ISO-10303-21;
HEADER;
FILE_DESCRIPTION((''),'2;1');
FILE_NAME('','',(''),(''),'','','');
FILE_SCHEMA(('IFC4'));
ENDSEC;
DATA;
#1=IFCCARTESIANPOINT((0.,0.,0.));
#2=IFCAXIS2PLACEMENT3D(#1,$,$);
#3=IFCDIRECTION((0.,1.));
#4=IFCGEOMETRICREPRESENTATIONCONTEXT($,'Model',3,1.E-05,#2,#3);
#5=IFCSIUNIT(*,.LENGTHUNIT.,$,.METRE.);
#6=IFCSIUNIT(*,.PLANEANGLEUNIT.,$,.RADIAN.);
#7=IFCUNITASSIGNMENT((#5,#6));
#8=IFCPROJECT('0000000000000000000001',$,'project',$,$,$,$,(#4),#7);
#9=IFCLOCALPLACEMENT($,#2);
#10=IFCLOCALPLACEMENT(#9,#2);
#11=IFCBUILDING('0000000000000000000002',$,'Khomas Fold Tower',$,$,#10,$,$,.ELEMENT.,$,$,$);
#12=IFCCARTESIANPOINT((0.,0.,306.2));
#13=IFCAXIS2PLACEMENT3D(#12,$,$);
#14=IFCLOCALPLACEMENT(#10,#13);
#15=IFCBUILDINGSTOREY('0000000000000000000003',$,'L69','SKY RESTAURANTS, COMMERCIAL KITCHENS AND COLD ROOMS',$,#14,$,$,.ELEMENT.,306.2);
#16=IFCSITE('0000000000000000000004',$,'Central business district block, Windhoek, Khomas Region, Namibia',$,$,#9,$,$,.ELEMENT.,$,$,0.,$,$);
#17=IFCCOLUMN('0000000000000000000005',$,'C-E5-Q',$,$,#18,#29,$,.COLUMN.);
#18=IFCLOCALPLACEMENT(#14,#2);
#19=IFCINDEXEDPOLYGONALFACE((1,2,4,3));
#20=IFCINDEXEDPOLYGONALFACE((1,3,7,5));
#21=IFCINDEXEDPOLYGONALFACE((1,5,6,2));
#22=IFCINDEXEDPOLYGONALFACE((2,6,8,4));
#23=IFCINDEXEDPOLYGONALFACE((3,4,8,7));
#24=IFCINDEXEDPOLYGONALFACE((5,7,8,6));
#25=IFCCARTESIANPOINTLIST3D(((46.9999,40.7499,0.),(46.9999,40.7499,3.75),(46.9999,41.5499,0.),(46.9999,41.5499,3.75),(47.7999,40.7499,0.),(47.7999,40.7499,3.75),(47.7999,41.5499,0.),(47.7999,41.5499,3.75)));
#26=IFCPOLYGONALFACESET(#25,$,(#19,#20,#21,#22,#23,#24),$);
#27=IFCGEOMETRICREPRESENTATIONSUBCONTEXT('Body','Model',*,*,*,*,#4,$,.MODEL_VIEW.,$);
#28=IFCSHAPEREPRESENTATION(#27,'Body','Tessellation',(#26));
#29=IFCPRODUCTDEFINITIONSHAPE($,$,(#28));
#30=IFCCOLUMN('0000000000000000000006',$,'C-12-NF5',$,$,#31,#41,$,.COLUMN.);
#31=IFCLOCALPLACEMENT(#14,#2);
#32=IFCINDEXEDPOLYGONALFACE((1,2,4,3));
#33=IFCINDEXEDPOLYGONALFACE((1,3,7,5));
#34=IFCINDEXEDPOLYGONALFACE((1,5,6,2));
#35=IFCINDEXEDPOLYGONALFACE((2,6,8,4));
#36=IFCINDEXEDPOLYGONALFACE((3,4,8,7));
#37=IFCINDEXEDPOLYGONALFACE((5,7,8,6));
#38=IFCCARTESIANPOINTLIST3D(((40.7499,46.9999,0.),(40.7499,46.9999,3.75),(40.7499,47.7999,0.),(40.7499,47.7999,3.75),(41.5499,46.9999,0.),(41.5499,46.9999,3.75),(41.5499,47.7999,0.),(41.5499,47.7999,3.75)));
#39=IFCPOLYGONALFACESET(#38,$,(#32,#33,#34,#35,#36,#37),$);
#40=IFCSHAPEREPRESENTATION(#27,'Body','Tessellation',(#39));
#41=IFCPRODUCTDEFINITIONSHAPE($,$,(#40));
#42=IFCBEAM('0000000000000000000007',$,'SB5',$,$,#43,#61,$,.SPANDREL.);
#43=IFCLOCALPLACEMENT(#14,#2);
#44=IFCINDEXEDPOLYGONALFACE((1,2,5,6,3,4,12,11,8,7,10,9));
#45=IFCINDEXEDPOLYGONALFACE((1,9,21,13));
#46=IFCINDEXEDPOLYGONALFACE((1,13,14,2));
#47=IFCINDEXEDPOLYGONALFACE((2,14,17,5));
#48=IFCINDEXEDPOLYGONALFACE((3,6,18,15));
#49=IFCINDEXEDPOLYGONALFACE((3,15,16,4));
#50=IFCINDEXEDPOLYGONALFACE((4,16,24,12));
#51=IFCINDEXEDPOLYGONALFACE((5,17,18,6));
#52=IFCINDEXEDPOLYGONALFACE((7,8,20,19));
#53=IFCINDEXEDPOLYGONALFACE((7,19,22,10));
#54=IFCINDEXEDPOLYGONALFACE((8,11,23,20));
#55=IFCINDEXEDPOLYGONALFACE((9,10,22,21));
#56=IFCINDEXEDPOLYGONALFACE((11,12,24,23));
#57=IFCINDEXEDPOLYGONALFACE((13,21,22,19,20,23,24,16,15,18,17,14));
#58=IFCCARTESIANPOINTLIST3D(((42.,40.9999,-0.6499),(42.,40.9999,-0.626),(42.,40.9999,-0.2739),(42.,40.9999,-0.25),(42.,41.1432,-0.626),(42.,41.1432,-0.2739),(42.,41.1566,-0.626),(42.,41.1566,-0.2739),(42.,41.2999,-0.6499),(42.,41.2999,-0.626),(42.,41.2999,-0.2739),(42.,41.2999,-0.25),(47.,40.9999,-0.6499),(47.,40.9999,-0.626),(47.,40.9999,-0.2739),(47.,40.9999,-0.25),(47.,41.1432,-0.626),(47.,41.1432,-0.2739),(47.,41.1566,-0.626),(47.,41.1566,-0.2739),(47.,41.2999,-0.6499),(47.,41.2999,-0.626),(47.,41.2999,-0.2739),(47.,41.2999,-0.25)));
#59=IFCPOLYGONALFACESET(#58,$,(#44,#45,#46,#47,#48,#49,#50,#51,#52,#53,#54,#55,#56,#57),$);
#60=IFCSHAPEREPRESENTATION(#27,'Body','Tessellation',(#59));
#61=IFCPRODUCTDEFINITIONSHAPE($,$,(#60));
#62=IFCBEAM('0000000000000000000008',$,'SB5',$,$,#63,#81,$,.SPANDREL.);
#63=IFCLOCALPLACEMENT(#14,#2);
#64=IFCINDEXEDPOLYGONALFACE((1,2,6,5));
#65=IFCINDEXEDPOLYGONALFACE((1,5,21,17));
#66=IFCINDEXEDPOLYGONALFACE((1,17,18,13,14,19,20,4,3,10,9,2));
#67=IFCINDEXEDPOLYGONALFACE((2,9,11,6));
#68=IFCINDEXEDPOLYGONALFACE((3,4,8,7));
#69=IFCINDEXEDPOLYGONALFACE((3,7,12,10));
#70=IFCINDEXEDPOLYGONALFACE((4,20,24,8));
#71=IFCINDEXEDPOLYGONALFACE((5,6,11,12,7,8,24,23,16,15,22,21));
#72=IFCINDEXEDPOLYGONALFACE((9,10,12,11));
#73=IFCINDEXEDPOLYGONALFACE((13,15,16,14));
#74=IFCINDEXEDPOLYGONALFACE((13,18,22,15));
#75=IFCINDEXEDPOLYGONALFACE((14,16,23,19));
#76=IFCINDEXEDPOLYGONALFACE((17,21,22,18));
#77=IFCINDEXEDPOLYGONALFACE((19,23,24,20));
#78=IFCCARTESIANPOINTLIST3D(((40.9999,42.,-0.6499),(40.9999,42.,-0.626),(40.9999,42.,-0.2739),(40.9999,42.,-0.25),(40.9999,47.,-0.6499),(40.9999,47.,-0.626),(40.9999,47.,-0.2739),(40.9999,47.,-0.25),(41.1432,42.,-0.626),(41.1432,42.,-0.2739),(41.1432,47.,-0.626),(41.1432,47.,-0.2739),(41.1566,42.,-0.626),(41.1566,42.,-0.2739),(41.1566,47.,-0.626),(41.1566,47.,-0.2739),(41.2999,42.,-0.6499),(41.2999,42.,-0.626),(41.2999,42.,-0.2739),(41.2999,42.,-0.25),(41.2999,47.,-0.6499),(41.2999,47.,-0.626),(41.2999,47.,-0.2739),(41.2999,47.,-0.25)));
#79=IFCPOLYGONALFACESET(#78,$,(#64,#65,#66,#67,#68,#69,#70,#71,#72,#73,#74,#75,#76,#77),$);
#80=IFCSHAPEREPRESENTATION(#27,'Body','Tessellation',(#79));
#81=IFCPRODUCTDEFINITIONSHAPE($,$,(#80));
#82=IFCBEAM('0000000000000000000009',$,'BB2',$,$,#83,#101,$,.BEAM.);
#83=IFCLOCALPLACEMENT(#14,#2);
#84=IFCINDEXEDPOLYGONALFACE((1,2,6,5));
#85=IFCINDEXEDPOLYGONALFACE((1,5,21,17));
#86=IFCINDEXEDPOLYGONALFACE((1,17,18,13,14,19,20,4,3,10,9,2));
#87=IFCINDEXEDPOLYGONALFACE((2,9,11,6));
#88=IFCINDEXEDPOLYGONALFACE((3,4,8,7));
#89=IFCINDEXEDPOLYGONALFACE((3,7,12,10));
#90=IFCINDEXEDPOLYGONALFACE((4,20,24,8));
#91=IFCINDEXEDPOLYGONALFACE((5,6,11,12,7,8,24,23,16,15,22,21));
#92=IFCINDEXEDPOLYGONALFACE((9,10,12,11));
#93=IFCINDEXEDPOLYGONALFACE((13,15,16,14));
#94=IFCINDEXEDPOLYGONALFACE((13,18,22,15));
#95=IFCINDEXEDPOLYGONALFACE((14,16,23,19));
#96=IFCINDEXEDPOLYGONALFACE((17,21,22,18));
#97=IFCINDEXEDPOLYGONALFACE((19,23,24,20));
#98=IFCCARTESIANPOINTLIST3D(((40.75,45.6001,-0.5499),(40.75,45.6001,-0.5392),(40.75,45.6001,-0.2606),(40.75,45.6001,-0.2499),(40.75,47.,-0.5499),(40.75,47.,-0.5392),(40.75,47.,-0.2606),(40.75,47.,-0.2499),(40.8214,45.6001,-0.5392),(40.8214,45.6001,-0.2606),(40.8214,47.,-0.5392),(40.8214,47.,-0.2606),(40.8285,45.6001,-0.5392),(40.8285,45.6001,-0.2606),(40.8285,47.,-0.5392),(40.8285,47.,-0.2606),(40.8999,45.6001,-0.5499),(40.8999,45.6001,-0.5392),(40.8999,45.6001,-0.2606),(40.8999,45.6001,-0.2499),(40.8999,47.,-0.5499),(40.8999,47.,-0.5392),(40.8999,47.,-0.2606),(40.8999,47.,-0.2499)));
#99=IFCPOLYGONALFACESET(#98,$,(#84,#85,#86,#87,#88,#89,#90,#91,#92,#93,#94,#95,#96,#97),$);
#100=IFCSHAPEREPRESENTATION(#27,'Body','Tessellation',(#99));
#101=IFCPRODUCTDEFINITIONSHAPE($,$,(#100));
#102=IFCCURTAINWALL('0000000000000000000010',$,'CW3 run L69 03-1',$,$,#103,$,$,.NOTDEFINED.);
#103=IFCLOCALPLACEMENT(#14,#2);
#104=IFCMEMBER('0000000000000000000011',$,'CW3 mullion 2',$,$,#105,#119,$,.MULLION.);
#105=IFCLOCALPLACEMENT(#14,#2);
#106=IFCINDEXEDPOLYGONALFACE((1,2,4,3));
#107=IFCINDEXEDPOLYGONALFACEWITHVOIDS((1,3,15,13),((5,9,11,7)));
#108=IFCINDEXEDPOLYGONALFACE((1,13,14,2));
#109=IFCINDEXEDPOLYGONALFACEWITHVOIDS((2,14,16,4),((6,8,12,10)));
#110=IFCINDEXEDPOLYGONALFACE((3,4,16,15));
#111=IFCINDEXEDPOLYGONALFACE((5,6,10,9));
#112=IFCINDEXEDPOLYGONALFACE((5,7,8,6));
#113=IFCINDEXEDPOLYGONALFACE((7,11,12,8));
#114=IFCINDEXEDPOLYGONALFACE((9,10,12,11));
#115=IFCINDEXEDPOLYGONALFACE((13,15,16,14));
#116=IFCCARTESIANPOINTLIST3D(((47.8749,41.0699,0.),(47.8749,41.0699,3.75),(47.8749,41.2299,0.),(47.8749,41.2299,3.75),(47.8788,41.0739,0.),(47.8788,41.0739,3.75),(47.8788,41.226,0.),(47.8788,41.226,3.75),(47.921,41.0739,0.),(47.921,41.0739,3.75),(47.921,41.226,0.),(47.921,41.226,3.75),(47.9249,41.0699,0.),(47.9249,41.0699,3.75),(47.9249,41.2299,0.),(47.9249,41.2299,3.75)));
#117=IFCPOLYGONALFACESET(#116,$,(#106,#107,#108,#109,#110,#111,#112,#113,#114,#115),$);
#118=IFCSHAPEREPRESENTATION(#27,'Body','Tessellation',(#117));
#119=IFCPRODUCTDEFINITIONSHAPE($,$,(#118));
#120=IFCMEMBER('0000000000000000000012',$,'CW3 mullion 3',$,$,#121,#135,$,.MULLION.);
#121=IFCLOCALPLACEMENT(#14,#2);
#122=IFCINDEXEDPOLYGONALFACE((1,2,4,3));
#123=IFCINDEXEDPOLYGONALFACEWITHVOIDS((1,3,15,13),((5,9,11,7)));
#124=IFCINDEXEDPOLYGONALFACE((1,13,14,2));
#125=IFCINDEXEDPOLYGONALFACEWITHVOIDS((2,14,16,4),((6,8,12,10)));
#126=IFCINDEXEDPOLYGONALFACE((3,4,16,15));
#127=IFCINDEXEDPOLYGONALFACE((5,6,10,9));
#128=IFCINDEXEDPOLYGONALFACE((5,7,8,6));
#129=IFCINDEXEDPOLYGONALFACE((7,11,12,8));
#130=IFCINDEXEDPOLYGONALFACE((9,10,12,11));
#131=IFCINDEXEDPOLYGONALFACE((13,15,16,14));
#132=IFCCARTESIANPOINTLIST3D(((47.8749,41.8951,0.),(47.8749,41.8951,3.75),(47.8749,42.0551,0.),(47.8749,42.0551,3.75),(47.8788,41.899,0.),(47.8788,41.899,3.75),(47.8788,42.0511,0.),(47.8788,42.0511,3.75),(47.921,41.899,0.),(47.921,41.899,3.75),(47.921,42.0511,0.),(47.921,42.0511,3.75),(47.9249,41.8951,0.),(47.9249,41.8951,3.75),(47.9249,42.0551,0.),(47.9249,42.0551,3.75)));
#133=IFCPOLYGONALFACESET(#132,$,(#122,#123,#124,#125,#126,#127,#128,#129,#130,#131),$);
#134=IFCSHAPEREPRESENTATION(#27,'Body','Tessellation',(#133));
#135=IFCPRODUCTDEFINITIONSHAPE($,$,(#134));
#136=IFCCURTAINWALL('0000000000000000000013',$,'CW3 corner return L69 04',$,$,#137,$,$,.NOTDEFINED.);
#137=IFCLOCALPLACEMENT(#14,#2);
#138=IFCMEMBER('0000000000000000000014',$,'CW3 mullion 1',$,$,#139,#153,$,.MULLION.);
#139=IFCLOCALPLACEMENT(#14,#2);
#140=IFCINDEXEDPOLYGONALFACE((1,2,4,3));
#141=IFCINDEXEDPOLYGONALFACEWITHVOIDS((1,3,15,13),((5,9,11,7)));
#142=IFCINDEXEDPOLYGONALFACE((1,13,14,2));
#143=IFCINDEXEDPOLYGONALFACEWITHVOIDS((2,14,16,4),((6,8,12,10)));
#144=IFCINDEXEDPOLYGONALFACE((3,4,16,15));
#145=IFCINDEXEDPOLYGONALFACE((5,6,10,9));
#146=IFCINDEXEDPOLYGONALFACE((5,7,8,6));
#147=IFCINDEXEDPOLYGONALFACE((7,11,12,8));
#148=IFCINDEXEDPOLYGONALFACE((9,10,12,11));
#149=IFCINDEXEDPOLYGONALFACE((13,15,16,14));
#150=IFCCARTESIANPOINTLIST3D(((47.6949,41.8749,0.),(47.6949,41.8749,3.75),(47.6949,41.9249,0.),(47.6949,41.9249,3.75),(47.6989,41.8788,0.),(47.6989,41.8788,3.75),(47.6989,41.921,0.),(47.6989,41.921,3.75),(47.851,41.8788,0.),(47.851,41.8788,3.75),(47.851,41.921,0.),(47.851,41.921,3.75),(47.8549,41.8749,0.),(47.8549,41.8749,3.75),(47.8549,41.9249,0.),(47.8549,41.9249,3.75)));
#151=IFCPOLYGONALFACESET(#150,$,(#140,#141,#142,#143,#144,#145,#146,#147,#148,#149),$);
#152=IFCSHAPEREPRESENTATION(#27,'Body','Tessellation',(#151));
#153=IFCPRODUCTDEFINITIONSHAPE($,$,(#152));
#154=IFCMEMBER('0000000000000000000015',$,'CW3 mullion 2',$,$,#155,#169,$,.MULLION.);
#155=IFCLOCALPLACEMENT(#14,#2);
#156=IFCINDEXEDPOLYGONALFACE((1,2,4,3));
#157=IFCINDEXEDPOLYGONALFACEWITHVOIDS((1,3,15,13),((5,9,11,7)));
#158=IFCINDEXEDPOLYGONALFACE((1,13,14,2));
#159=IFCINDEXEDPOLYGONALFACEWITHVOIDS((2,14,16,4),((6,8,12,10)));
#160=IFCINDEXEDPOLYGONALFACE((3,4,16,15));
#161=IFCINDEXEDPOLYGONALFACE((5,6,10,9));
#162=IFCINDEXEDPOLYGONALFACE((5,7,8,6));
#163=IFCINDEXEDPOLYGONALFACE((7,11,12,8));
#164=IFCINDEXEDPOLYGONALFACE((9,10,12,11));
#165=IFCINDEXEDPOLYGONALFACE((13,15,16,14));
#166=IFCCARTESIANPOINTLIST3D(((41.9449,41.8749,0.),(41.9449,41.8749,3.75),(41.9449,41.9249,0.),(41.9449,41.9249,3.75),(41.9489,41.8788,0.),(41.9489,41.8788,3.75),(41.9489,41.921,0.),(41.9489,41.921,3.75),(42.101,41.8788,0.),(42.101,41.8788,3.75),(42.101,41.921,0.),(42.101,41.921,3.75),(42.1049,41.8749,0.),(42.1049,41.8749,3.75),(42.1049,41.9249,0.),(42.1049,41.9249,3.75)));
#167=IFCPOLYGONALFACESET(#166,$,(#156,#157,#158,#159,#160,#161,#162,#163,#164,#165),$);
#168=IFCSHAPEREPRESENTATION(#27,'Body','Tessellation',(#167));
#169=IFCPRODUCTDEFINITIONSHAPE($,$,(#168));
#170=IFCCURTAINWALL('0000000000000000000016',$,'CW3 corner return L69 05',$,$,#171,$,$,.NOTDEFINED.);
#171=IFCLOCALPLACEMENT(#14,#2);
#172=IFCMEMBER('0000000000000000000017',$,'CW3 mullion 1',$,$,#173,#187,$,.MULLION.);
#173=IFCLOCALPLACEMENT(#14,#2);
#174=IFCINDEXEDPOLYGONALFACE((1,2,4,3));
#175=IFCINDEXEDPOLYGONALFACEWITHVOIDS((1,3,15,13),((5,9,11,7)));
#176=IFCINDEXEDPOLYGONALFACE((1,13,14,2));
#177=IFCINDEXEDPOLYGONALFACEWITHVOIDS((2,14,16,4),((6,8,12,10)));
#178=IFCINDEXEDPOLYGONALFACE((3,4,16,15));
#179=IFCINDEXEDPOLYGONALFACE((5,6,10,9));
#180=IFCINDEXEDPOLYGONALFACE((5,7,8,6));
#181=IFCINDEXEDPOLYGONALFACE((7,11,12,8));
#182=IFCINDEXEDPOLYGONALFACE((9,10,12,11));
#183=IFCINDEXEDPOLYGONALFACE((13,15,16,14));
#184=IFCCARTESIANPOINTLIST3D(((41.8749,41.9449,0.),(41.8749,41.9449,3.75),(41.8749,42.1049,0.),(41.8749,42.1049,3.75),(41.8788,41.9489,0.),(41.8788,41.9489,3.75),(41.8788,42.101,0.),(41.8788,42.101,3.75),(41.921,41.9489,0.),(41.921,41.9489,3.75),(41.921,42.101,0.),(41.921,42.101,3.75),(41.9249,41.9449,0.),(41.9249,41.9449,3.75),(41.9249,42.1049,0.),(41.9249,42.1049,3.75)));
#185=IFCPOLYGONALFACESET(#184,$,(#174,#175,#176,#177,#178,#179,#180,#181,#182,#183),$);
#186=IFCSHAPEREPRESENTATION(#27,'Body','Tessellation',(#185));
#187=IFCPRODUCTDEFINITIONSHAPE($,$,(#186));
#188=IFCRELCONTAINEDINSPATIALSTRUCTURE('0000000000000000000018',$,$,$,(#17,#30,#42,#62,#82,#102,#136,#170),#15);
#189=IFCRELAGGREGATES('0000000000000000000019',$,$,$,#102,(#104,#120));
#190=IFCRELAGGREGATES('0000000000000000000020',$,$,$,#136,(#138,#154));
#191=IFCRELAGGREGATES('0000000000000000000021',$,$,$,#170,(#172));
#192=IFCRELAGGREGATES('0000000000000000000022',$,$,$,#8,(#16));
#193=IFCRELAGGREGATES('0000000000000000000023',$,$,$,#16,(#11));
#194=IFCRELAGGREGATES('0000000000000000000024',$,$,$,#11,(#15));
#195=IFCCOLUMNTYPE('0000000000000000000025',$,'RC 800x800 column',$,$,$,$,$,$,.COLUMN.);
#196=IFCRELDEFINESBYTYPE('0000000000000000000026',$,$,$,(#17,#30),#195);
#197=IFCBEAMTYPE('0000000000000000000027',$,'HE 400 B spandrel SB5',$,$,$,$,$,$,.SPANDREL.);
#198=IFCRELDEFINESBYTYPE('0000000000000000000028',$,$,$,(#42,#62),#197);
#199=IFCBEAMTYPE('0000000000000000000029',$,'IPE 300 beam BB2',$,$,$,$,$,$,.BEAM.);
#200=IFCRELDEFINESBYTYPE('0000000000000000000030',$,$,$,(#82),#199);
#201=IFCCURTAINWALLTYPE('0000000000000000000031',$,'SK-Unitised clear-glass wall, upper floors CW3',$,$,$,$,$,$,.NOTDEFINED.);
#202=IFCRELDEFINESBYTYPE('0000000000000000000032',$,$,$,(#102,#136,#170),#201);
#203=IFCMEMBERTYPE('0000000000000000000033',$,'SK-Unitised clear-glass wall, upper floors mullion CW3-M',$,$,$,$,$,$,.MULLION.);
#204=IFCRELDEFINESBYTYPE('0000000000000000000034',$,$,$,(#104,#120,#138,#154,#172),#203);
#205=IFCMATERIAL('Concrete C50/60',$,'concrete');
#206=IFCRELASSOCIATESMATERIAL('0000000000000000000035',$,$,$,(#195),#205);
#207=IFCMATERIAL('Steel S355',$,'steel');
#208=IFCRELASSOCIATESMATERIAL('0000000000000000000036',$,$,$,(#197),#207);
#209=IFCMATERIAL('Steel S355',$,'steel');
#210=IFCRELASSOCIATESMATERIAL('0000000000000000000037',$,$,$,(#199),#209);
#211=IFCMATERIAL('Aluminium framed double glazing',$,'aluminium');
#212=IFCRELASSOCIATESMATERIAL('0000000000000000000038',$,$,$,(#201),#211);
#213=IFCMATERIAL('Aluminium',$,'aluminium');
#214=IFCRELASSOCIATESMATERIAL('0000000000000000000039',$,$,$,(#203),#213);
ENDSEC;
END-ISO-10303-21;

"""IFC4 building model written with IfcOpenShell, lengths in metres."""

from ifc_helpers import new_model, si_unit, direction, frame, origin, origin_2d, place, context, subcontext, project, spatial, rectangle, hollow_rectangle, i_section, extrude, source, transform, mapped, material, material_profile, profile_set, type_object, element, aggregate, save


model = new_model("IFC4")

# Units and contexts
model_context = context("Model", 3, precision=1e-05, world=origin(), true_north=direction((0.0, 1.0)))
body_context = subcontext(model_context, "Body", "Model", "MODEL_VIEW")
ifc_project = project(units=[si_unit("LENGTHUNIT", "METRE"), si_unit("PLANEANGLEUNIT", "RADIAN")], contexts=[model_context])

# Site, building, storey
site_placement = place(None, origin())
site = spatial("IfcSite", under=ifc_project, at=site_placement, Name="Central business district block, Windhoek, Khomas Region, Namibia", CompositionType="ELEMENT", RefElevation=0.0)
building_placement = place(site_placement, origin())
building = spatial("IfcBuilding", under=site, at=building_placement, Name="Khomas Fold Tower", CompositionType="ELEMENT")
storey_placement = place(building_placement, frame((0.0, 0.0, 306.2)))
storey = spatial("IfcBuildingStorey", under=building, at=storey_placement, Name="L69", Description="SKY RESTAURANTS, COMMERCIAL KITCHENS AND COLD ROOMS", CompositionType="ELEMENT", Elevation=306.2)

# Columns
ifc_material_1 = material(Name="Concrete C50/60", Category="concrete")
ifc_material_profile_1 = material_profile(ifc_material_1, rectangle(XDim=0.8, YDim=0.8, at=origin_2d()), Name="RC 800x800")
ifc_profile_set_1 = profile_set([ifc_material_profile_1], Name="Concrete C50/60")
column_type = type_object("IfcColumnType", Name="RC 800x800 column", PredefinedType="COLUMN", material=ifc_profile_set_1)
shared_shape_1 = source(origin(), body_context, "Body", "SweptSolid", [
    extrude(rectangle(XDim=0.8, YDim=0.8, at=origin_2d()), origin(), (0.0, 0.0, 1.0), 3.75),
])
for number, where, z_axis, x_axis, name in (
    (1, (47.3999, 41.1499, 0.0), (0.0, 0.0, 1.0), (1.0, 0.0, 0.0), "C-E5-Q"),
    (2, (41.1499, 47.3999, 0.0), (0.0, 0.0, 1.0), (1.0, 0.0, 0.0), "C-12-NF5"),
):
    element("IfcColumn", number, at=place(storey_placement, frame(where, z_axis=z_axis, x_axis=x_axis)), inside=storey, type_object=column_type, Name=name, PredefinedType="COLUMN", context=body_context, shape_type="MappedRepresentation", body=[
        mapped(shared_shape_1, transform((0.0, 0.0, 0.0))),
    ])

# Beams
ifc_material_2 = material(Name="Steel S355", Category="steel")
ifc_material_profile_2 = material_profile(ifc_material_2, i_section(OverallWidth=0.3, OverallDepth=0.3999, WebThickness=0.0134, FlangeThickness=0.0239, at=origin_2d()), Name="HE 400 B")
ifc_profile_set_2 = profile_set([ifc_material_profile_2], Name="Steel S355")
beam_type_1 = type_object("IfcBeamType", Name="HE 400 B spandrel SB5", PredefinedType="SPANDREL", material=ifc_profile_set_2)
shared_shape_2 = source(origin(), body_context, "Body", "SweptSolid", [
    extrude(i_section(OverallWidth=0.3, OverallDepth=0.3999, WebThickness=0.0134, FlangeThickness=0.0239, at=origin_2d()), origin(), (0.0, 0.0, 1.0), 5.0),
])
for number, where, z_axis, x_axis, name in (
    (3, (42.0, 41.1499, -0.45), (1.0, 0.0, 0.0), (0.0, 1.0, 0.0), "SB5"),
    (4, (41.1499, 42.0, -0.45), (0.0, 1.0, 0.0), (-1.0, 0.0, 0.0), "SB5"),
):
    element("IfcBeam", number, at=place(storey_placement, frame(where, z_axis=z_axis, x_axis=x_axis)), inside=storey, type_object=beam_type_1, Name=name, PredefinedType="SPANDREL", context=body_context, shape_type="MappedRepresentation", body=[
        mapped(shared_shape_2, transform((0.0, 0.0, 0.0))),
    ])
ifc_material_3 = material(Name="Steel S355", Category="steel")
ifc_material_profile_3 = material_profile(ifc_material_3, i_section(OverallWidth=0.1499, OverallDepth=0.3, WebThickness=0.0071, FlangeThickness=0.0107, at=origin_2d()), Name="IPE 300")
ifc_profile_set_3 = profile_set([ifc_material_profile_3], Name="Steel S355")
beam_type_2 = type_object("IfcBeamType", Name="IPE 300 beam BB2", PredefinedType="BEAM", material=ifc_profile_set_3)
shared_shape_3 = source(origin(), body_context, "Body", "SweptSolid", [
    extrude(i_section(OverallWidth=0.1499, OverallDepth=0.3, WebThickness=0.0071, FlangeThickness=0.0107, at=origin_2d()), origin(), (0.0, 0.0, 1.0), 1.3999),
])
beam_placement = place(storey_placement, frame((40.825, 45.6001, -0.3999), z_axis=(0.0, 1.0, 0.0), x_axis=(-1.0, 0.0, 0.0)))
element("IfcBeam", 5, at=beam_placement, inside=storey, type_object=beam_type_2, Name="BB2", PredefinedType="BEAM", context=body_context, shape_type="MappedRepresentation", body=[
    mapped(shared_shape_3, transform((0.0, 0.0, 0.0))),
])

# Curtain walls, members
ifc_material_4 = material(Name="Aluminium framed double glazing", Category="aluminium")
curtain_wall_type = type_object("IfcCurtainWallType", Name="SK-Unitised clear-glass wall, upper floors CW3", PredefinedType="NOTDEFINED", material=ifc_material_4)
curtain_wall_1_placement = place(storey_placement, origin())
curtain_wall_1 = element("IfcCurtainWall", 6, at=curtain_wall_1_placement, inside=storey, type_object=curtain_wall_type, Name="CW3 run L69 03-1", PredefinedType="NOTDEFINED")
ifc_material_5 = material(Name="Aluminium", Category="aluminium")
ifc_material_profile_4 = material_profile(ifc_material_5, hollow_rectangle(XDim=0.05, YDim=0.1599, WallThickness=0.0039, at=origin_2d()), Name="SK-Unitised clear-glass wall, upper floors mullion CW3-M")
ifc_profile_set_4 = profile_set([ifc_material_profile_4], Name="Aluminium")
member_type_1 = type_object("IfcMemberType", Name="SK-Unitised clear-glass wall, upper floors mullion CW3-M", PredefinedType="MULLION", material=ifc_profile_set_4)
shared_shape_4 = source(origin(), body_context, "Body", "SweptSolid", [
    extrude(hollow_rectangle(XDim=0.05, YDim=0.1599, WallThickness=0.0039, at=origin_2d()), origin(), (0.0, 0.0, 1.0), 3.75),
])
member_1_placement = place(storey_placement, frame((47.8999, 41.1499, 0.0), z_axis=(0.0, 0.0, 1.0), x_axis=(-1.0, 0.0, 0.0)))
member_1 = element("IfcMember", 7, at=member_1_placement, type_object=member_type_1, Name="CW3 mullion 2", PredefinedType="MULLION", context=body_context, shape_type="MappedRepresentation", body=[
    mapped(shared_shape_4, transform((0.0, 0.0, 0.0))),
])
member_2_placement = place(storey_placement, frame((47.8999, 41.9751, 0.0), z_axis=(0.0, 0.0, 1.0), x_axis=(-1.0, 0.0, 0.0)))
member_2 = element("IfcMember", 8, at=member_2_placement, type_object=member_type_1, Name="CW3 mullion 3", PredefinedType="MULLION", context=body_context, shape_type="MappedRepresentation", body=[
    mapped(shared_shape_4, transform((0.0, 0.0, 0.0))),
])
curtain_wall_2_placement = place(storey_placement, origin())
curtain_wall_2 = element("IfcCurtainWall", 9, at=curtain_wall_2_placement, inside=storey, type_object=curtain_wall_type, Name="CW3 corner return L69 04", PredefinedType="NOTDEFINED")
member_3_placement = place(storey_placement, frame((47.7749, 41.8999, 0.0), z_axis=(0.0, 0.0, 1.0), x_axis=(0.0, -1.0, 0.0)))
member_3 = element("IfcMember", 10, at=member_3_placement, type_object=member_type_1, Name="CW3 mullion 1", PredefinedType="MULLION", context=body_context, shape_type="MappedRepresentation", body=[
    mapped(shared_shape_4, transform((0.0, 0.0, 0.0))),
])
member_4_placement = place(storey_placement, frame((42.0249, 41.8999, 0.0), z_axis=(0.0, 0.0, 1.0), x_axis=(0.0, -1.0, 0.0)))
member_4 = element("IfcMember", 11, at=member_4_placement, type_object=member_type_1, Name="CW3 mullion 2", PredefinedType="MULLION", context=body_context, shape_type="MappedRepresentation", body=[
    mapped(shared_shape_4, transform((0.0, 0.0, 0.0))),
])
curtain_wall_3_placement = place(storey_placement, origin())
curtain_wall_3 = element("IfcCurtainWall", 12, at=curtain_wall_3_placement, inside=storey, type_object=curtain_wall_type, Name="CW3 corner return L69 05", PredefinedType="NOTDEFINED")
member_5_placement = place(storey_placement, frame((41.8999, 42.0249, 0.0), z_axis=(0.0, 0.0, 1.0), x_axis=(-1.0, 0.0, 0.0)))
member_5 = element("IfcMember", 13, at=member_5_placement, type_object=member_type_1, Name="CW3 mullion 1", PredefinedType="MULLION", context=body_context, shape_type="MappedRepresentation", body=[
    mapped(shared_shape_4, transform((0.0, 0.0, 0.0))),
])

aggregate(curtain_wall_1, [member_1, member_2])
aggregate(curtain_wall_2, [member_3, member_4])
aggregate(curtain_wall_3, [member_5])

save(model, "model.ifc")
